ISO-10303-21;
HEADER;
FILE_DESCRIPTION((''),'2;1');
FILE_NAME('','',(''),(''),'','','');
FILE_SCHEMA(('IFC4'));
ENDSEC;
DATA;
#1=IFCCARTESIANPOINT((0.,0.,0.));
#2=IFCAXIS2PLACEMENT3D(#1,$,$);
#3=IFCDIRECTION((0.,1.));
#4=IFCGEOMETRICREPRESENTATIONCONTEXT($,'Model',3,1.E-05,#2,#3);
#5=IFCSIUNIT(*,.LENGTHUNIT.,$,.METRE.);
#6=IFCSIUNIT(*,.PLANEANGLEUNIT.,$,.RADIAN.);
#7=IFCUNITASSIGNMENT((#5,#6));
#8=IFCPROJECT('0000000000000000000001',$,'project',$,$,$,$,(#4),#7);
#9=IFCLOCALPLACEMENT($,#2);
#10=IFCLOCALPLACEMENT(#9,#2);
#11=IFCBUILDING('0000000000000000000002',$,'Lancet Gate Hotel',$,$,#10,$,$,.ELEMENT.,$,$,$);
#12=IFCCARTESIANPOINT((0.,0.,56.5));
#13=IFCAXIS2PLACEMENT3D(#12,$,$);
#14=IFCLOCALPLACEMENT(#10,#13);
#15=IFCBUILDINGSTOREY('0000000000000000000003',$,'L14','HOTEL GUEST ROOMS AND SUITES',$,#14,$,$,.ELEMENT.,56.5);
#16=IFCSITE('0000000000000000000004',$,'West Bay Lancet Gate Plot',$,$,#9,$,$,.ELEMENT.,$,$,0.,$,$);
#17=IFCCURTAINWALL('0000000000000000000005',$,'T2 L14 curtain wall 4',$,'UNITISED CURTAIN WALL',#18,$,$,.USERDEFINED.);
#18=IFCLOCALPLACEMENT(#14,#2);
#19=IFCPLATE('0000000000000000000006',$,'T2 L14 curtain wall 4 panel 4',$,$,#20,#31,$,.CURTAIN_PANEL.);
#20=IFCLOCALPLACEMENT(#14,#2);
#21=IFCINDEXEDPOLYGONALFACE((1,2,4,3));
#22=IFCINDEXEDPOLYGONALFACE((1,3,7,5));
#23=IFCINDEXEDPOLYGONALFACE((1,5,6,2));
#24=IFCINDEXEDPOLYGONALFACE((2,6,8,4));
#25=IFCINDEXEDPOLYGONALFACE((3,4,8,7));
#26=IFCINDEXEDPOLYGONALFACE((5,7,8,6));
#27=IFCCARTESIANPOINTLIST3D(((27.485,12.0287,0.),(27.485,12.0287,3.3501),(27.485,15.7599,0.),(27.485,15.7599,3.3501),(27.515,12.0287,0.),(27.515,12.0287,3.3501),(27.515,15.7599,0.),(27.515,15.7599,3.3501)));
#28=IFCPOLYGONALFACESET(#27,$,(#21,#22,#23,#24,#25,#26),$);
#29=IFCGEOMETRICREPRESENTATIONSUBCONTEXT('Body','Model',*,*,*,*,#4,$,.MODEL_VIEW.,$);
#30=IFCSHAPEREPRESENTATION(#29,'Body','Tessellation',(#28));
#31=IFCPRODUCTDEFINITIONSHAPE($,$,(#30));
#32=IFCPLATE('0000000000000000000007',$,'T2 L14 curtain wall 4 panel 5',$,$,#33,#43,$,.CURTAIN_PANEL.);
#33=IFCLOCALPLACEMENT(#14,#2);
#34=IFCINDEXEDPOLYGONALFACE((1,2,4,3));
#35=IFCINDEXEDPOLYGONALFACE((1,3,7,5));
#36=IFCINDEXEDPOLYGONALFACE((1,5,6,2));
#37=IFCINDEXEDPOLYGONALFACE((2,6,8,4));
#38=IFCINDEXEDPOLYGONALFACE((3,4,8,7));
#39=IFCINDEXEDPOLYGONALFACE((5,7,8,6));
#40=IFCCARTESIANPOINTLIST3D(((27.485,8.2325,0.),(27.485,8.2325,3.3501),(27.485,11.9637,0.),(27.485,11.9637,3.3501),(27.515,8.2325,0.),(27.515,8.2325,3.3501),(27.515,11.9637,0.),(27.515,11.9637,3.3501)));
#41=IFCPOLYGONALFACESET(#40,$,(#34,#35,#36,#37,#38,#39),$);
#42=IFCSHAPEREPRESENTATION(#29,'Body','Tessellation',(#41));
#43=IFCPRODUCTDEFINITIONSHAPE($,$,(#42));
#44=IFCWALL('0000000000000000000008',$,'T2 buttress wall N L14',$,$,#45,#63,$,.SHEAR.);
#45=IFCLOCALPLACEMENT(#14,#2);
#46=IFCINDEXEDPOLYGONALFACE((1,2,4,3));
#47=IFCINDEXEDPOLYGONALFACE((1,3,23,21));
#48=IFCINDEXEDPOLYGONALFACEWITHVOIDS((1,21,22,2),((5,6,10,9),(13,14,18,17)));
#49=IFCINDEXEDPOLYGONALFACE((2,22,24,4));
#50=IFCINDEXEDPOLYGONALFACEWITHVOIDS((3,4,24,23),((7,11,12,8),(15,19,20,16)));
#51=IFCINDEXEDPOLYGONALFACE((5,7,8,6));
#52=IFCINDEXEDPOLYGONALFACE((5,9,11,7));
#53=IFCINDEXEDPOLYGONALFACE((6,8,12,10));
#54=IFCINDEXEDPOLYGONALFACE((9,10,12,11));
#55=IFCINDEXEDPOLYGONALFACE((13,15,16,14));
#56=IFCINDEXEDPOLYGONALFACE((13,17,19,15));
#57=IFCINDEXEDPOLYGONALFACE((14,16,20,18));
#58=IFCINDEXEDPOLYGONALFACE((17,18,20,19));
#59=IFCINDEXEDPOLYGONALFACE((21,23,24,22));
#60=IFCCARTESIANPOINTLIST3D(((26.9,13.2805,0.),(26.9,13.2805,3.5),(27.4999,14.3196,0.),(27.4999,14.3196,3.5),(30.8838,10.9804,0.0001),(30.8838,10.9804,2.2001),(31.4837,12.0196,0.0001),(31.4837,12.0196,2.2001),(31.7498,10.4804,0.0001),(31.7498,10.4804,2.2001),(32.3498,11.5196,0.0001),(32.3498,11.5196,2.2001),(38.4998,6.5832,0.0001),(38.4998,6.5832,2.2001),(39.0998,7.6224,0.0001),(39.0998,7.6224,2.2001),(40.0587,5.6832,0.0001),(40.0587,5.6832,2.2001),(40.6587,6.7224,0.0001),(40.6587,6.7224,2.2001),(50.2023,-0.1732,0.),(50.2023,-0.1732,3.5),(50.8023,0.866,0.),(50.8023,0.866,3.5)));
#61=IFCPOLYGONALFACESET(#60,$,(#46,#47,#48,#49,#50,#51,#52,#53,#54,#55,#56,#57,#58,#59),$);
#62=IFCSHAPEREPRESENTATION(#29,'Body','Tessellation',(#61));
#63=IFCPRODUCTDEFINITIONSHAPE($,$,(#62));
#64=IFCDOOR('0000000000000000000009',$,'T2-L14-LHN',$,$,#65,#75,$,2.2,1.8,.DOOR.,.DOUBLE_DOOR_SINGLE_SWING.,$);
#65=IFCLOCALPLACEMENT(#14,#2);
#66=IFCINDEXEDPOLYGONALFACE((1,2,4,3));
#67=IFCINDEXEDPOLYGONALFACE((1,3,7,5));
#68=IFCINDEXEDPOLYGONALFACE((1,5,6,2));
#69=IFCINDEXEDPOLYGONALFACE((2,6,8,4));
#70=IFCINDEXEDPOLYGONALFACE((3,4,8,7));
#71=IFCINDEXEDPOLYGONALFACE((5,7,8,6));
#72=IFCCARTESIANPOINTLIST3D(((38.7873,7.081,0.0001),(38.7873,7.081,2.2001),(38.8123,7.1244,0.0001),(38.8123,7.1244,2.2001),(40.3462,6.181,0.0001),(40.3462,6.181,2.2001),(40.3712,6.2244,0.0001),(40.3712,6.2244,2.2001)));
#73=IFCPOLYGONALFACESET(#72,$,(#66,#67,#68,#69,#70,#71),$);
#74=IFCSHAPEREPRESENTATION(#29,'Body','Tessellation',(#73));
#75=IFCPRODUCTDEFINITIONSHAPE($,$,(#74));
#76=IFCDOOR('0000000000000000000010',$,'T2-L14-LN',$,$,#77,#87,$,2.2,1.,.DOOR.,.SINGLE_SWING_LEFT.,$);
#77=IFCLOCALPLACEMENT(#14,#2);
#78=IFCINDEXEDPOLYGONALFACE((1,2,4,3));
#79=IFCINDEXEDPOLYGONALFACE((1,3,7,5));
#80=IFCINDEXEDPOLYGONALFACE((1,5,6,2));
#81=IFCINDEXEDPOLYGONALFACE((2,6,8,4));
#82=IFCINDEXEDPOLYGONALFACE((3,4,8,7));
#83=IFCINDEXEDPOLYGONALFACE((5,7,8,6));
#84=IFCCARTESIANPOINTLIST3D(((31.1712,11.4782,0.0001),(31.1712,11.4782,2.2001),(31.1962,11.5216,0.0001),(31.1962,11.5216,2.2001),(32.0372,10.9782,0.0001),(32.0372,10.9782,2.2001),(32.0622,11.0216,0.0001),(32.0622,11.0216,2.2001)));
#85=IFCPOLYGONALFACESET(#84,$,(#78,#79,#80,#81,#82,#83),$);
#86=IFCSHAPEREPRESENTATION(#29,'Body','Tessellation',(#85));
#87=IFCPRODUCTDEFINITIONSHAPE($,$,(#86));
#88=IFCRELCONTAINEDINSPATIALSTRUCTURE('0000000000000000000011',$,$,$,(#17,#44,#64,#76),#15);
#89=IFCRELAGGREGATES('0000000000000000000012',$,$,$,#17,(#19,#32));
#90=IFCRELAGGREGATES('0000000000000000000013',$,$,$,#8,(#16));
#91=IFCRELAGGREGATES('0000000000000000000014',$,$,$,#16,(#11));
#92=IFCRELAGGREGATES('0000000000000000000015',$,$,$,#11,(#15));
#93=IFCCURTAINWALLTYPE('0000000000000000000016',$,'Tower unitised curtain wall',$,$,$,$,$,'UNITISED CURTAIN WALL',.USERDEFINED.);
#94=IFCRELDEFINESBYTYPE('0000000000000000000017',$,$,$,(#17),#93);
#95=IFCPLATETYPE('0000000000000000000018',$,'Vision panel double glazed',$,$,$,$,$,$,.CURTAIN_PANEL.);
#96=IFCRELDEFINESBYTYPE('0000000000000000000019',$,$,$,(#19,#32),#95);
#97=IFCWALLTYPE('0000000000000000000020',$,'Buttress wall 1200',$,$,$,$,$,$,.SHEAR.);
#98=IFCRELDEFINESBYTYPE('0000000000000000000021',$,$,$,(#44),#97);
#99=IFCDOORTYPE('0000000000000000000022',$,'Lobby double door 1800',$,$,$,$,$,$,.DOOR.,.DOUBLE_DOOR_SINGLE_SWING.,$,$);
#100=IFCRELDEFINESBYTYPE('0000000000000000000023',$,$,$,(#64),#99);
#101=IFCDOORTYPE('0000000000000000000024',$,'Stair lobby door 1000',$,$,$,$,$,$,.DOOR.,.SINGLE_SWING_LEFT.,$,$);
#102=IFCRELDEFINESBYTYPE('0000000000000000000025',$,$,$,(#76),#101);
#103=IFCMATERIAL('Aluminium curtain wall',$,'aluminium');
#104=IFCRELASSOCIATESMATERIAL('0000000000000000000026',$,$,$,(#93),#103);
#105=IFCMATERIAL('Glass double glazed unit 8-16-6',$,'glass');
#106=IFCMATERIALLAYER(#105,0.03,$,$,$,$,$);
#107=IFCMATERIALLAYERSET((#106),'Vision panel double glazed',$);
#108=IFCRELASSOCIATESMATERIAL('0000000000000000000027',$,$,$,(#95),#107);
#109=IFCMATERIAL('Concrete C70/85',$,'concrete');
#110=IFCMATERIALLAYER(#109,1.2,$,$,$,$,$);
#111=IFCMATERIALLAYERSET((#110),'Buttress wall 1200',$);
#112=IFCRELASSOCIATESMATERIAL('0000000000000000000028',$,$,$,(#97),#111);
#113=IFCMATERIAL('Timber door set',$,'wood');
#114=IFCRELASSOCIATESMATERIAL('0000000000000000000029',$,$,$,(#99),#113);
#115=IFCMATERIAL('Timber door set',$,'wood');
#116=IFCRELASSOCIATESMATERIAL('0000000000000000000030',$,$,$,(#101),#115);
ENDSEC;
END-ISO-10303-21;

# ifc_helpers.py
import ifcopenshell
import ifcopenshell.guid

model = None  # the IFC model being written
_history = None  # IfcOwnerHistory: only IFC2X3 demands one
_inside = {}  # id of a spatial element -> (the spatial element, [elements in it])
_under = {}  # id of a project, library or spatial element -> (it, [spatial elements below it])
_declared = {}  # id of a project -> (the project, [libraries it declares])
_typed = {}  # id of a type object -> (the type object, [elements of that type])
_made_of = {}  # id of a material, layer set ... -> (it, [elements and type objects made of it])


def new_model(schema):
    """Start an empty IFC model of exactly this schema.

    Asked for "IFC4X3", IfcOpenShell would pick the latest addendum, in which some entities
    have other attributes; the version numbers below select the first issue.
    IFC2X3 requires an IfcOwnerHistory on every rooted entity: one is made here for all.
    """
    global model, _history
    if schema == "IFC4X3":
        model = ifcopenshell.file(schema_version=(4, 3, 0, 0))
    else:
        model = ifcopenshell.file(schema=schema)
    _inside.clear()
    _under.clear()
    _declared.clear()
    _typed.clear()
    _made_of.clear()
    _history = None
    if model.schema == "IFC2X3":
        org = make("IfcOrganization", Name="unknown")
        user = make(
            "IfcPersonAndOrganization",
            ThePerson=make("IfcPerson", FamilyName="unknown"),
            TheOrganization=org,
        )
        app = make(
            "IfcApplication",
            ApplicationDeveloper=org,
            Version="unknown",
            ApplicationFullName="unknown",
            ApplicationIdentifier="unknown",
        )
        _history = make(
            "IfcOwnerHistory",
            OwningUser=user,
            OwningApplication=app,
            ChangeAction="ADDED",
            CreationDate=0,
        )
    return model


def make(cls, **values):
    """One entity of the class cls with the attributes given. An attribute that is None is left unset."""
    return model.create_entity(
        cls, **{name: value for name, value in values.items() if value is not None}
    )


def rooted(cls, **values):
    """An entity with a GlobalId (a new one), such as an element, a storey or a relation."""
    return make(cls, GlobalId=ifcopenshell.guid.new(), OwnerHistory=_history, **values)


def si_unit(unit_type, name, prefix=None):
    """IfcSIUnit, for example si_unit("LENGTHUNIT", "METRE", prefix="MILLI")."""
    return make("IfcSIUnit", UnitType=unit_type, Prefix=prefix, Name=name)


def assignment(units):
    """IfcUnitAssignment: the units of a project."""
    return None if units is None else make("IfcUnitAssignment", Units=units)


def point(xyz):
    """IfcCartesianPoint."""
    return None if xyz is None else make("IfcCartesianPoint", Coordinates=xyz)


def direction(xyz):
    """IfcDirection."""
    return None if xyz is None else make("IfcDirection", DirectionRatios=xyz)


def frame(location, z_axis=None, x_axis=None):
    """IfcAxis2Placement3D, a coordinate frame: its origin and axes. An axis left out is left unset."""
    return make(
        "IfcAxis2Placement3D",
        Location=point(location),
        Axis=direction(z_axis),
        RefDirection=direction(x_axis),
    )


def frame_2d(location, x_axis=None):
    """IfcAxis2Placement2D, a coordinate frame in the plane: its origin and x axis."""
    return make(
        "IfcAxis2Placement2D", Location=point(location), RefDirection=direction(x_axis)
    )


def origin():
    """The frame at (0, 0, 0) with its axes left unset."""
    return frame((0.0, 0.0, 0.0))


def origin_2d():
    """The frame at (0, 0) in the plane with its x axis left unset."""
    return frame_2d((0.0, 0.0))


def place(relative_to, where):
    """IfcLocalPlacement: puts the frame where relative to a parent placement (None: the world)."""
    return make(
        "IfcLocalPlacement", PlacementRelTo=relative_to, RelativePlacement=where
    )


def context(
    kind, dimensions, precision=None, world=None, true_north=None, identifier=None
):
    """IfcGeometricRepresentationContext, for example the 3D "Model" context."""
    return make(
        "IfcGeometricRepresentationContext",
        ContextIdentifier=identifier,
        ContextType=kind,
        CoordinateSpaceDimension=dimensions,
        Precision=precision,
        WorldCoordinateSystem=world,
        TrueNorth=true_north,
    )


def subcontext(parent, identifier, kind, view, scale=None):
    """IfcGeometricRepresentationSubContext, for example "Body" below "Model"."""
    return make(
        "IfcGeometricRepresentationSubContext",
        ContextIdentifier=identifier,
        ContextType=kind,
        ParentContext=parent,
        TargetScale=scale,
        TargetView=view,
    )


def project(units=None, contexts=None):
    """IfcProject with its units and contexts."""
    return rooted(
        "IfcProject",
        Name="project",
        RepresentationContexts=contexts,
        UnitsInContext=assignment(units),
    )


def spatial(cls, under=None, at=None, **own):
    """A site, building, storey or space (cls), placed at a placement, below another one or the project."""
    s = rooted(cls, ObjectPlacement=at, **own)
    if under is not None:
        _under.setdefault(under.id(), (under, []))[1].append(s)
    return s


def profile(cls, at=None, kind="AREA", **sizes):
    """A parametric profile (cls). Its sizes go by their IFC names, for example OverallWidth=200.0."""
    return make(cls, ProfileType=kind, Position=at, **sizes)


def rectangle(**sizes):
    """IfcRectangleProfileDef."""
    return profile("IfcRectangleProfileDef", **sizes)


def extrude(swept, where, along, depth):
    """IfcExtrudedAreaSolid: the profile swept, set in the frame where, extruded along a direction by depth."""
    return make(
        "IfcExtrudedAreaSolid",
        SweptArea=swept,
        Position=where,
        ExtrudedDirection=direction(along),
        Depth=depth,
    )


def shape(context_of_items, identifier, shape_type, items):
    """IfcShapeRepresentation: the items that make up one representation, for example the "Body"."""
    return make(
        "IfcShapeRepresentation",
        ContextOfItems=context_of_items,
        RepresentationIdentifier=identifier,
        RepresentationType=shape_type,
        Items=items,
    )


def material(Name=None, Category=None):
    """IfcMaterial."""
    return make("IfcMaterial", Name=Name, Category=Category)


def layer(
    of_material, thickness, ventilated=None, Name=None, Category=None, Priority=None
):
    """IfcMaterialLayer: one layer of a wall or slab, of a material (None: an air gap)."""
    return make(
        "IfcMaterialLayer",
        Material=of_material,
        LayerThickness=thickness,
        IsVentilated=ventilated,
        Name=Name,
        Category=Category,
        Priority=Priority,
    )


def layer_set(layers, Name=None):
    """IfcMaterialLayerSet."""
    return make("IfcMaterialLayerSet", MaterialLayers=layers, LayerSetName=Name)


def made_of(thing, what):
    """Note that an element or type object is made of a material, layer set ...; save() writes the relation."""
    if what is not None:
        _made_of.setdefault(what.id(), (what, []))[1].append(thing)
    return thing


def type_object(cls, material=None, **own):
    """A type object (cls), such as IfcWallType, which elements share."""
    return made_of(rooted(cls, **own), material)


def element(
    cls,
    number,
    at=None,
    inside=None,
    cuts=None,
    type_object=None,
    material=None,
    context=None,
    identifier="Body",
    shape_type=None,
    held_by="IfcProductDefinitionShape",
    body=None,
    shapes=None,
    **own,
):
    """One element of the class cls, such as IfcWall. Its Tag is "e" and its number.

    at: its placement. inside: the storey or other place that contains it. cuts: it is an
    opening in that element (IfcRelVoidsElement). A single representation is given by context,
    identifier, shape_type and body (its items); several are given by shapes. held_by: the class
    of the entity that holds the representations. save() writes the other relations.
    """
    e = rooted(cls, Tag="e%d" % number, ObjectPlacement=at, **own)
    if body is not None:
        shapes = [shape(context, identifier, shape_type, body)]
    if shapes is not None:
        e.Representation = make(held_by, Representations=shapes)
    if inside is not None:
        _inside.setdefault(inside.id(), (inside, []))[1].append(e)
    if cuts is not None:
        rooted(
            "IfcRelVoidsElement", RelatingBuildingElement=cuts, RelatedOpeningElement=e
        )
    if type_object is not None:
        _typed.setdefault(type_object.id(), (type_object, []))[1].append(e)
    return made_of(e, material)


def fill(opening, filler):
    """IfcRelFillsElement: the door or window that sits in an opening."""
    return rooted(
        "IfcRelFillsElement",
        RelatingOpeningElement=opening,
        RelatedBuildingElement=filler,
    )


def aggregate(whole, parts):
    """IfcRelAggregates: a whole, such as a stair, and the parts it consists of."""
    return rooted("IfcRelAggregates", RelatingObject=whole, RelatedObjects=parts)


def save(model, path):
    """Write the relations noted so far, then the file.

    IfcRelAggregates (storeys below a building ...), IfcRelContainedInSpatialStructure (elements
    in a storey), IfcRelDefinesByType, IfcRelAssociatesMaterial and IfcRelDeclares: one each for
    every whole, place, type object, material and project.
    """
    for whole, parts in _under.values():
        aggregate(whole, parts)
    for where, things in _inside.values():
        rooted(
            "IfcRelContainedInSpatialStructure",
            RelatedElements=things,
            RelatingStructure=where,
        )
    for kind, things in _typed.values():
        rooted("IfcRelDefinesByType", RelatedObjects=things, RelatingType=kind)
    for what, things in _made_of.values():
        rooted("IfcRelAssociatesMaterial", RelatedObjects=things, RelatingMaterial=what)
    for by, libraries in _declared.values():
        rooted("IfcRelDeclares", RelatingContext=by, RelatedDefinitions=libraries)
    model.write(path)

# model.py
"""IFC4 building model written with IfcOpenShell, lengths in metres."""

from ifc_helpers import new_model, si_unit, direction, frame, frame_2d, origin, origin_2d, place, context, subcontext, project, spatial, rectangle, extrude, material, layer, layer_set, type_object, element, fill, aggregate, save


model = new_model("IFC4")

# Units and contexts
model_context = context("Model", 3, precision=1e-05, world=origin(), true_north=direction((0.0, 1.0)))
body_context = subcontext(model_context, "Body", "Model", "MODEL_VIEW")
ifc_project = project(units=[si_unit("LENGTHUNIT", "METRE"), si_unit("PLANEANGLEUNIT", "RADIAN")], contexts=[model_context])

# Site, building, storey
site_placement = place(None, origin())
site = spatial("IfcSite", under=ifc_project, at=site_placement, Name="West Bay Lancet Gate Plot", CompositionType="ELEMENT", RefElevation=0.0)
building_placement = place(site_placement, origin())
building = spatial("IfcBuilding", under=site, at=building_placement, Name="Lancet Gate Hotel", CompositionType="ELEMENT")
storey_placement = place(building_placement, frame((0.0, 0.0, 56.5)))
storey = spatial("IfcBuildingStorey", under=building, at=storey_placement, Name="L14", Description="HOTEL GUEST ROOMS AND SUITES", CompositionType="ELEMENT", Elevation=56.5)

# Curtain wall
ifc_material_1 = material(Name="Aluminium curtain wall", Category="aluminium")
curtain_wall_type = type_object("IfcCurtainWallType", Name="Tower unitised curtain wall", ElementType="UNITISED CURTAIN WALL", PredefinedType="USERDEFINED", material=ifc_material_1)
curtain_wall_placement = place(storey_placement, origin())
curtain_wall = element("IfcCurtainWall", 1, at=curtain_wall_placement, inside=storey, type_object=curtain_wall_type, Name="T2 L14 curtain wall 4", ObjectType="UNITISED CURTAIN WALL", PredefinedType="USERDEFINED")

# Plates
ifc_material_2 = material(Name="Glass double glazed unit 8-16-6", Category="glass")
ifc_layer_1 = layer(ifc_material_2, 0.03)
ifc_layer_set_1 = layer_set([ifc_layer_1], Name="Vision panel double glazed")
plate_type = type_object("IfcPlateType", Name="Vision panel double glazed", PredefinedType="CURTAIN_PANEL", material=ifc_layer_set_1)
plate_1_placement = place(storey_placement, frame((27.5, 13.8943, 0.0), z_axis=(0.0, 0.0, 1.0), x_axis=(0.0, -1.0, 0.0)))
plate_1 = element("IfcPlate", 2, at=plate_1_placement, type_object=plate_type, Name="T2 L14 curtain wall 4 panel 4", PredefinedType="CURTAIN_PANEL", context=body_context, shape_type="SweptSolid", body=[
    extrude(rectangle(XDim=3.7312, YDim=0.03, at=origin_2d()), origin(), (0.0, 0.0, 1.0), 3.3501),
])
plate_2_placement = place(storey_placement, frame((27.5, 10.0981, 0.0), z_axis=(0.0, 0.0, 1.0), x_axis=(0.0, -1.0, 0.0)))
plate_2 = element("IfcPlate", 3, at=plate_2_placement, type_object=plate_type, Name="T2 L14 curtain wall 4 panel 5", PredefinedType="CURTAIN_PANEL", context=body_context, shape_type="SweptSolid", body=[
    extrude(rectangle(XDim=3.7312, YDim=0.03, at=origin_2d()), origin(), (0.0, 0.0, 1.0), 3.3501),
])
aggregate(curtain_wall, [plate_1, plate_2])

# Wall, openings, doors
ifc_material_3 = material(Name="Concrete C70/85", Category="concrete")
ifc_layer_2 = layer(ifc_material_3, 1.2)
ifc_layer_set_2 = layer_set([ifc_layer_2], Name="Buttress wall 1200")
wall_type = type_object("IfcWallType", Name="Buttress wall 1200", PredefinedType="SHEAR", material=ifc_layer_set_2)
wall_placement = place(storey_placement, frame((27.2, 13.8, 0.0), z_axis=(0.0, 0.0, 1.0), x_axis=(0.866025, -0.500002, 0.0)))
wall = element("IfcWall", 4, at=wall_placement, inside=storey, type_object=wall_type, Name="T2 buttress wall N L14", PredefinedType="SHEAR", context=body_context, shape_type="SweptSolid", body=[
    extrude(rectangle(XDim=26.9072, YDim=1.2, at=frame_2d((13.4536, 0.0))), origin(), (0.0, 0.0, 1.0), 3.5),
])
opening_1_placement = place(wall_placement, frame((4.6001, 0.0, 0.0)))
opening_1 = element("IfcOpeningElement", 5, at=opening_1_placement, cuts=wall, PredefinedType="OPENING", context=body_context, shape_type="SweptSolid", body=[
    extrude(rectangle(XDim=1.0, YDim=2.2, at=frame_2d((0.5, 1.1001))), frame((0.0, 0.6099, 0.0), z_axis=(0.0, -1.0, 0.0), x_axis=(1.0, 0.0, 0.0)), (0.0, 0.0, 1.0), 1.22),
])
opening_2_placement = place(wall_placement, frame((13.3945, 0.0, 0.0)))
opening_2 = element("IfcOpeningElement", 6, at=opening_2_placement, cuts=wall, PredefinedType="OPENING", context=body_context, shape_type="SweptSolid", body=[
    extrude(rectangle(XDim=1.8, YDim=2.2, at=frame_2d((0.8999, 1.1001))), frame((0.0, 0.6099, 0.0), z_axis=(0.0, -1.0, 0.0), x_axis=(1.0, 0.0, 0.0)), (0.0, 0.0, 1.0), 1.22),
])
ifc_material_4 = material(Name="Timber door set", Category="wood")
door_type_1 = type_object("IfcDoorType", Name="Lobby double door 1800", OperationType="DOUBLE_DOOR_SINGLE_SWING", PredefinedType="DOOR", material=ifc_material_4)
door_1_placement = place(opening_2_placement, origin())
door_1 = element("IfcDoor", 7, at=door_1_placement, inside=storey, type_object=door_type_1, Name="T2-L14-LHN", OperationType="DOUBLE_DOOR_SINGLE_SWING", OverallHeight=2.2, OverallWidth=1.8, PredefinedType="DOOR", context=body_context, shape_type="SweptSolid", body=[
    extrude(rectangle(XDim=1.8, YDim=2.2, at=frame_2d((0.8999, 1.1001))), frame((0.0, 0.0249, 0.0), z_axis=(0.0, -1.0, 0.0), x_axis=(1.0, 0.0, 0.0)), (0.0, 0.0, 1.0), 0.05),
])
fill(opening_2, door_1)
ifc_material_5 = material(Name="Timber door set", Category="wood")
door_type_2 = type_object("IfcDoorType", Name="Stair lobby door 1000", OperationType="SINGLE_SWING_LEFT", PredefinedType="DOOR", material=ifc_material_5)
door_2_placement = place(opening_1_placement, origin())
door_2 = element("IfcDoor", 8, at=door_2_placement, inside=storey, type_object=door_type_2, Name="T2-L14-LN", OperationType="SINGLE_SWING_LEFT", OverallHeight=2.2, OverallWidth=1.0, PredefinedType="DOOR", context=body_context, shape_type="SweptSolid", body=[
    extrude(rectangle(XDim=1.0, YDim=2.2, at=frame_2d((0.5, 1.1001))), frame((0.0, 0.0249, 0.0), z_axis=(0.0, -1.0, 0.0), x_axis=(1.0, 0.0, 0.0)), (0.0, 0.0, 1.0), 0.05),
])
fill(opening_1, door_2)

save(model, "model.ifc")
